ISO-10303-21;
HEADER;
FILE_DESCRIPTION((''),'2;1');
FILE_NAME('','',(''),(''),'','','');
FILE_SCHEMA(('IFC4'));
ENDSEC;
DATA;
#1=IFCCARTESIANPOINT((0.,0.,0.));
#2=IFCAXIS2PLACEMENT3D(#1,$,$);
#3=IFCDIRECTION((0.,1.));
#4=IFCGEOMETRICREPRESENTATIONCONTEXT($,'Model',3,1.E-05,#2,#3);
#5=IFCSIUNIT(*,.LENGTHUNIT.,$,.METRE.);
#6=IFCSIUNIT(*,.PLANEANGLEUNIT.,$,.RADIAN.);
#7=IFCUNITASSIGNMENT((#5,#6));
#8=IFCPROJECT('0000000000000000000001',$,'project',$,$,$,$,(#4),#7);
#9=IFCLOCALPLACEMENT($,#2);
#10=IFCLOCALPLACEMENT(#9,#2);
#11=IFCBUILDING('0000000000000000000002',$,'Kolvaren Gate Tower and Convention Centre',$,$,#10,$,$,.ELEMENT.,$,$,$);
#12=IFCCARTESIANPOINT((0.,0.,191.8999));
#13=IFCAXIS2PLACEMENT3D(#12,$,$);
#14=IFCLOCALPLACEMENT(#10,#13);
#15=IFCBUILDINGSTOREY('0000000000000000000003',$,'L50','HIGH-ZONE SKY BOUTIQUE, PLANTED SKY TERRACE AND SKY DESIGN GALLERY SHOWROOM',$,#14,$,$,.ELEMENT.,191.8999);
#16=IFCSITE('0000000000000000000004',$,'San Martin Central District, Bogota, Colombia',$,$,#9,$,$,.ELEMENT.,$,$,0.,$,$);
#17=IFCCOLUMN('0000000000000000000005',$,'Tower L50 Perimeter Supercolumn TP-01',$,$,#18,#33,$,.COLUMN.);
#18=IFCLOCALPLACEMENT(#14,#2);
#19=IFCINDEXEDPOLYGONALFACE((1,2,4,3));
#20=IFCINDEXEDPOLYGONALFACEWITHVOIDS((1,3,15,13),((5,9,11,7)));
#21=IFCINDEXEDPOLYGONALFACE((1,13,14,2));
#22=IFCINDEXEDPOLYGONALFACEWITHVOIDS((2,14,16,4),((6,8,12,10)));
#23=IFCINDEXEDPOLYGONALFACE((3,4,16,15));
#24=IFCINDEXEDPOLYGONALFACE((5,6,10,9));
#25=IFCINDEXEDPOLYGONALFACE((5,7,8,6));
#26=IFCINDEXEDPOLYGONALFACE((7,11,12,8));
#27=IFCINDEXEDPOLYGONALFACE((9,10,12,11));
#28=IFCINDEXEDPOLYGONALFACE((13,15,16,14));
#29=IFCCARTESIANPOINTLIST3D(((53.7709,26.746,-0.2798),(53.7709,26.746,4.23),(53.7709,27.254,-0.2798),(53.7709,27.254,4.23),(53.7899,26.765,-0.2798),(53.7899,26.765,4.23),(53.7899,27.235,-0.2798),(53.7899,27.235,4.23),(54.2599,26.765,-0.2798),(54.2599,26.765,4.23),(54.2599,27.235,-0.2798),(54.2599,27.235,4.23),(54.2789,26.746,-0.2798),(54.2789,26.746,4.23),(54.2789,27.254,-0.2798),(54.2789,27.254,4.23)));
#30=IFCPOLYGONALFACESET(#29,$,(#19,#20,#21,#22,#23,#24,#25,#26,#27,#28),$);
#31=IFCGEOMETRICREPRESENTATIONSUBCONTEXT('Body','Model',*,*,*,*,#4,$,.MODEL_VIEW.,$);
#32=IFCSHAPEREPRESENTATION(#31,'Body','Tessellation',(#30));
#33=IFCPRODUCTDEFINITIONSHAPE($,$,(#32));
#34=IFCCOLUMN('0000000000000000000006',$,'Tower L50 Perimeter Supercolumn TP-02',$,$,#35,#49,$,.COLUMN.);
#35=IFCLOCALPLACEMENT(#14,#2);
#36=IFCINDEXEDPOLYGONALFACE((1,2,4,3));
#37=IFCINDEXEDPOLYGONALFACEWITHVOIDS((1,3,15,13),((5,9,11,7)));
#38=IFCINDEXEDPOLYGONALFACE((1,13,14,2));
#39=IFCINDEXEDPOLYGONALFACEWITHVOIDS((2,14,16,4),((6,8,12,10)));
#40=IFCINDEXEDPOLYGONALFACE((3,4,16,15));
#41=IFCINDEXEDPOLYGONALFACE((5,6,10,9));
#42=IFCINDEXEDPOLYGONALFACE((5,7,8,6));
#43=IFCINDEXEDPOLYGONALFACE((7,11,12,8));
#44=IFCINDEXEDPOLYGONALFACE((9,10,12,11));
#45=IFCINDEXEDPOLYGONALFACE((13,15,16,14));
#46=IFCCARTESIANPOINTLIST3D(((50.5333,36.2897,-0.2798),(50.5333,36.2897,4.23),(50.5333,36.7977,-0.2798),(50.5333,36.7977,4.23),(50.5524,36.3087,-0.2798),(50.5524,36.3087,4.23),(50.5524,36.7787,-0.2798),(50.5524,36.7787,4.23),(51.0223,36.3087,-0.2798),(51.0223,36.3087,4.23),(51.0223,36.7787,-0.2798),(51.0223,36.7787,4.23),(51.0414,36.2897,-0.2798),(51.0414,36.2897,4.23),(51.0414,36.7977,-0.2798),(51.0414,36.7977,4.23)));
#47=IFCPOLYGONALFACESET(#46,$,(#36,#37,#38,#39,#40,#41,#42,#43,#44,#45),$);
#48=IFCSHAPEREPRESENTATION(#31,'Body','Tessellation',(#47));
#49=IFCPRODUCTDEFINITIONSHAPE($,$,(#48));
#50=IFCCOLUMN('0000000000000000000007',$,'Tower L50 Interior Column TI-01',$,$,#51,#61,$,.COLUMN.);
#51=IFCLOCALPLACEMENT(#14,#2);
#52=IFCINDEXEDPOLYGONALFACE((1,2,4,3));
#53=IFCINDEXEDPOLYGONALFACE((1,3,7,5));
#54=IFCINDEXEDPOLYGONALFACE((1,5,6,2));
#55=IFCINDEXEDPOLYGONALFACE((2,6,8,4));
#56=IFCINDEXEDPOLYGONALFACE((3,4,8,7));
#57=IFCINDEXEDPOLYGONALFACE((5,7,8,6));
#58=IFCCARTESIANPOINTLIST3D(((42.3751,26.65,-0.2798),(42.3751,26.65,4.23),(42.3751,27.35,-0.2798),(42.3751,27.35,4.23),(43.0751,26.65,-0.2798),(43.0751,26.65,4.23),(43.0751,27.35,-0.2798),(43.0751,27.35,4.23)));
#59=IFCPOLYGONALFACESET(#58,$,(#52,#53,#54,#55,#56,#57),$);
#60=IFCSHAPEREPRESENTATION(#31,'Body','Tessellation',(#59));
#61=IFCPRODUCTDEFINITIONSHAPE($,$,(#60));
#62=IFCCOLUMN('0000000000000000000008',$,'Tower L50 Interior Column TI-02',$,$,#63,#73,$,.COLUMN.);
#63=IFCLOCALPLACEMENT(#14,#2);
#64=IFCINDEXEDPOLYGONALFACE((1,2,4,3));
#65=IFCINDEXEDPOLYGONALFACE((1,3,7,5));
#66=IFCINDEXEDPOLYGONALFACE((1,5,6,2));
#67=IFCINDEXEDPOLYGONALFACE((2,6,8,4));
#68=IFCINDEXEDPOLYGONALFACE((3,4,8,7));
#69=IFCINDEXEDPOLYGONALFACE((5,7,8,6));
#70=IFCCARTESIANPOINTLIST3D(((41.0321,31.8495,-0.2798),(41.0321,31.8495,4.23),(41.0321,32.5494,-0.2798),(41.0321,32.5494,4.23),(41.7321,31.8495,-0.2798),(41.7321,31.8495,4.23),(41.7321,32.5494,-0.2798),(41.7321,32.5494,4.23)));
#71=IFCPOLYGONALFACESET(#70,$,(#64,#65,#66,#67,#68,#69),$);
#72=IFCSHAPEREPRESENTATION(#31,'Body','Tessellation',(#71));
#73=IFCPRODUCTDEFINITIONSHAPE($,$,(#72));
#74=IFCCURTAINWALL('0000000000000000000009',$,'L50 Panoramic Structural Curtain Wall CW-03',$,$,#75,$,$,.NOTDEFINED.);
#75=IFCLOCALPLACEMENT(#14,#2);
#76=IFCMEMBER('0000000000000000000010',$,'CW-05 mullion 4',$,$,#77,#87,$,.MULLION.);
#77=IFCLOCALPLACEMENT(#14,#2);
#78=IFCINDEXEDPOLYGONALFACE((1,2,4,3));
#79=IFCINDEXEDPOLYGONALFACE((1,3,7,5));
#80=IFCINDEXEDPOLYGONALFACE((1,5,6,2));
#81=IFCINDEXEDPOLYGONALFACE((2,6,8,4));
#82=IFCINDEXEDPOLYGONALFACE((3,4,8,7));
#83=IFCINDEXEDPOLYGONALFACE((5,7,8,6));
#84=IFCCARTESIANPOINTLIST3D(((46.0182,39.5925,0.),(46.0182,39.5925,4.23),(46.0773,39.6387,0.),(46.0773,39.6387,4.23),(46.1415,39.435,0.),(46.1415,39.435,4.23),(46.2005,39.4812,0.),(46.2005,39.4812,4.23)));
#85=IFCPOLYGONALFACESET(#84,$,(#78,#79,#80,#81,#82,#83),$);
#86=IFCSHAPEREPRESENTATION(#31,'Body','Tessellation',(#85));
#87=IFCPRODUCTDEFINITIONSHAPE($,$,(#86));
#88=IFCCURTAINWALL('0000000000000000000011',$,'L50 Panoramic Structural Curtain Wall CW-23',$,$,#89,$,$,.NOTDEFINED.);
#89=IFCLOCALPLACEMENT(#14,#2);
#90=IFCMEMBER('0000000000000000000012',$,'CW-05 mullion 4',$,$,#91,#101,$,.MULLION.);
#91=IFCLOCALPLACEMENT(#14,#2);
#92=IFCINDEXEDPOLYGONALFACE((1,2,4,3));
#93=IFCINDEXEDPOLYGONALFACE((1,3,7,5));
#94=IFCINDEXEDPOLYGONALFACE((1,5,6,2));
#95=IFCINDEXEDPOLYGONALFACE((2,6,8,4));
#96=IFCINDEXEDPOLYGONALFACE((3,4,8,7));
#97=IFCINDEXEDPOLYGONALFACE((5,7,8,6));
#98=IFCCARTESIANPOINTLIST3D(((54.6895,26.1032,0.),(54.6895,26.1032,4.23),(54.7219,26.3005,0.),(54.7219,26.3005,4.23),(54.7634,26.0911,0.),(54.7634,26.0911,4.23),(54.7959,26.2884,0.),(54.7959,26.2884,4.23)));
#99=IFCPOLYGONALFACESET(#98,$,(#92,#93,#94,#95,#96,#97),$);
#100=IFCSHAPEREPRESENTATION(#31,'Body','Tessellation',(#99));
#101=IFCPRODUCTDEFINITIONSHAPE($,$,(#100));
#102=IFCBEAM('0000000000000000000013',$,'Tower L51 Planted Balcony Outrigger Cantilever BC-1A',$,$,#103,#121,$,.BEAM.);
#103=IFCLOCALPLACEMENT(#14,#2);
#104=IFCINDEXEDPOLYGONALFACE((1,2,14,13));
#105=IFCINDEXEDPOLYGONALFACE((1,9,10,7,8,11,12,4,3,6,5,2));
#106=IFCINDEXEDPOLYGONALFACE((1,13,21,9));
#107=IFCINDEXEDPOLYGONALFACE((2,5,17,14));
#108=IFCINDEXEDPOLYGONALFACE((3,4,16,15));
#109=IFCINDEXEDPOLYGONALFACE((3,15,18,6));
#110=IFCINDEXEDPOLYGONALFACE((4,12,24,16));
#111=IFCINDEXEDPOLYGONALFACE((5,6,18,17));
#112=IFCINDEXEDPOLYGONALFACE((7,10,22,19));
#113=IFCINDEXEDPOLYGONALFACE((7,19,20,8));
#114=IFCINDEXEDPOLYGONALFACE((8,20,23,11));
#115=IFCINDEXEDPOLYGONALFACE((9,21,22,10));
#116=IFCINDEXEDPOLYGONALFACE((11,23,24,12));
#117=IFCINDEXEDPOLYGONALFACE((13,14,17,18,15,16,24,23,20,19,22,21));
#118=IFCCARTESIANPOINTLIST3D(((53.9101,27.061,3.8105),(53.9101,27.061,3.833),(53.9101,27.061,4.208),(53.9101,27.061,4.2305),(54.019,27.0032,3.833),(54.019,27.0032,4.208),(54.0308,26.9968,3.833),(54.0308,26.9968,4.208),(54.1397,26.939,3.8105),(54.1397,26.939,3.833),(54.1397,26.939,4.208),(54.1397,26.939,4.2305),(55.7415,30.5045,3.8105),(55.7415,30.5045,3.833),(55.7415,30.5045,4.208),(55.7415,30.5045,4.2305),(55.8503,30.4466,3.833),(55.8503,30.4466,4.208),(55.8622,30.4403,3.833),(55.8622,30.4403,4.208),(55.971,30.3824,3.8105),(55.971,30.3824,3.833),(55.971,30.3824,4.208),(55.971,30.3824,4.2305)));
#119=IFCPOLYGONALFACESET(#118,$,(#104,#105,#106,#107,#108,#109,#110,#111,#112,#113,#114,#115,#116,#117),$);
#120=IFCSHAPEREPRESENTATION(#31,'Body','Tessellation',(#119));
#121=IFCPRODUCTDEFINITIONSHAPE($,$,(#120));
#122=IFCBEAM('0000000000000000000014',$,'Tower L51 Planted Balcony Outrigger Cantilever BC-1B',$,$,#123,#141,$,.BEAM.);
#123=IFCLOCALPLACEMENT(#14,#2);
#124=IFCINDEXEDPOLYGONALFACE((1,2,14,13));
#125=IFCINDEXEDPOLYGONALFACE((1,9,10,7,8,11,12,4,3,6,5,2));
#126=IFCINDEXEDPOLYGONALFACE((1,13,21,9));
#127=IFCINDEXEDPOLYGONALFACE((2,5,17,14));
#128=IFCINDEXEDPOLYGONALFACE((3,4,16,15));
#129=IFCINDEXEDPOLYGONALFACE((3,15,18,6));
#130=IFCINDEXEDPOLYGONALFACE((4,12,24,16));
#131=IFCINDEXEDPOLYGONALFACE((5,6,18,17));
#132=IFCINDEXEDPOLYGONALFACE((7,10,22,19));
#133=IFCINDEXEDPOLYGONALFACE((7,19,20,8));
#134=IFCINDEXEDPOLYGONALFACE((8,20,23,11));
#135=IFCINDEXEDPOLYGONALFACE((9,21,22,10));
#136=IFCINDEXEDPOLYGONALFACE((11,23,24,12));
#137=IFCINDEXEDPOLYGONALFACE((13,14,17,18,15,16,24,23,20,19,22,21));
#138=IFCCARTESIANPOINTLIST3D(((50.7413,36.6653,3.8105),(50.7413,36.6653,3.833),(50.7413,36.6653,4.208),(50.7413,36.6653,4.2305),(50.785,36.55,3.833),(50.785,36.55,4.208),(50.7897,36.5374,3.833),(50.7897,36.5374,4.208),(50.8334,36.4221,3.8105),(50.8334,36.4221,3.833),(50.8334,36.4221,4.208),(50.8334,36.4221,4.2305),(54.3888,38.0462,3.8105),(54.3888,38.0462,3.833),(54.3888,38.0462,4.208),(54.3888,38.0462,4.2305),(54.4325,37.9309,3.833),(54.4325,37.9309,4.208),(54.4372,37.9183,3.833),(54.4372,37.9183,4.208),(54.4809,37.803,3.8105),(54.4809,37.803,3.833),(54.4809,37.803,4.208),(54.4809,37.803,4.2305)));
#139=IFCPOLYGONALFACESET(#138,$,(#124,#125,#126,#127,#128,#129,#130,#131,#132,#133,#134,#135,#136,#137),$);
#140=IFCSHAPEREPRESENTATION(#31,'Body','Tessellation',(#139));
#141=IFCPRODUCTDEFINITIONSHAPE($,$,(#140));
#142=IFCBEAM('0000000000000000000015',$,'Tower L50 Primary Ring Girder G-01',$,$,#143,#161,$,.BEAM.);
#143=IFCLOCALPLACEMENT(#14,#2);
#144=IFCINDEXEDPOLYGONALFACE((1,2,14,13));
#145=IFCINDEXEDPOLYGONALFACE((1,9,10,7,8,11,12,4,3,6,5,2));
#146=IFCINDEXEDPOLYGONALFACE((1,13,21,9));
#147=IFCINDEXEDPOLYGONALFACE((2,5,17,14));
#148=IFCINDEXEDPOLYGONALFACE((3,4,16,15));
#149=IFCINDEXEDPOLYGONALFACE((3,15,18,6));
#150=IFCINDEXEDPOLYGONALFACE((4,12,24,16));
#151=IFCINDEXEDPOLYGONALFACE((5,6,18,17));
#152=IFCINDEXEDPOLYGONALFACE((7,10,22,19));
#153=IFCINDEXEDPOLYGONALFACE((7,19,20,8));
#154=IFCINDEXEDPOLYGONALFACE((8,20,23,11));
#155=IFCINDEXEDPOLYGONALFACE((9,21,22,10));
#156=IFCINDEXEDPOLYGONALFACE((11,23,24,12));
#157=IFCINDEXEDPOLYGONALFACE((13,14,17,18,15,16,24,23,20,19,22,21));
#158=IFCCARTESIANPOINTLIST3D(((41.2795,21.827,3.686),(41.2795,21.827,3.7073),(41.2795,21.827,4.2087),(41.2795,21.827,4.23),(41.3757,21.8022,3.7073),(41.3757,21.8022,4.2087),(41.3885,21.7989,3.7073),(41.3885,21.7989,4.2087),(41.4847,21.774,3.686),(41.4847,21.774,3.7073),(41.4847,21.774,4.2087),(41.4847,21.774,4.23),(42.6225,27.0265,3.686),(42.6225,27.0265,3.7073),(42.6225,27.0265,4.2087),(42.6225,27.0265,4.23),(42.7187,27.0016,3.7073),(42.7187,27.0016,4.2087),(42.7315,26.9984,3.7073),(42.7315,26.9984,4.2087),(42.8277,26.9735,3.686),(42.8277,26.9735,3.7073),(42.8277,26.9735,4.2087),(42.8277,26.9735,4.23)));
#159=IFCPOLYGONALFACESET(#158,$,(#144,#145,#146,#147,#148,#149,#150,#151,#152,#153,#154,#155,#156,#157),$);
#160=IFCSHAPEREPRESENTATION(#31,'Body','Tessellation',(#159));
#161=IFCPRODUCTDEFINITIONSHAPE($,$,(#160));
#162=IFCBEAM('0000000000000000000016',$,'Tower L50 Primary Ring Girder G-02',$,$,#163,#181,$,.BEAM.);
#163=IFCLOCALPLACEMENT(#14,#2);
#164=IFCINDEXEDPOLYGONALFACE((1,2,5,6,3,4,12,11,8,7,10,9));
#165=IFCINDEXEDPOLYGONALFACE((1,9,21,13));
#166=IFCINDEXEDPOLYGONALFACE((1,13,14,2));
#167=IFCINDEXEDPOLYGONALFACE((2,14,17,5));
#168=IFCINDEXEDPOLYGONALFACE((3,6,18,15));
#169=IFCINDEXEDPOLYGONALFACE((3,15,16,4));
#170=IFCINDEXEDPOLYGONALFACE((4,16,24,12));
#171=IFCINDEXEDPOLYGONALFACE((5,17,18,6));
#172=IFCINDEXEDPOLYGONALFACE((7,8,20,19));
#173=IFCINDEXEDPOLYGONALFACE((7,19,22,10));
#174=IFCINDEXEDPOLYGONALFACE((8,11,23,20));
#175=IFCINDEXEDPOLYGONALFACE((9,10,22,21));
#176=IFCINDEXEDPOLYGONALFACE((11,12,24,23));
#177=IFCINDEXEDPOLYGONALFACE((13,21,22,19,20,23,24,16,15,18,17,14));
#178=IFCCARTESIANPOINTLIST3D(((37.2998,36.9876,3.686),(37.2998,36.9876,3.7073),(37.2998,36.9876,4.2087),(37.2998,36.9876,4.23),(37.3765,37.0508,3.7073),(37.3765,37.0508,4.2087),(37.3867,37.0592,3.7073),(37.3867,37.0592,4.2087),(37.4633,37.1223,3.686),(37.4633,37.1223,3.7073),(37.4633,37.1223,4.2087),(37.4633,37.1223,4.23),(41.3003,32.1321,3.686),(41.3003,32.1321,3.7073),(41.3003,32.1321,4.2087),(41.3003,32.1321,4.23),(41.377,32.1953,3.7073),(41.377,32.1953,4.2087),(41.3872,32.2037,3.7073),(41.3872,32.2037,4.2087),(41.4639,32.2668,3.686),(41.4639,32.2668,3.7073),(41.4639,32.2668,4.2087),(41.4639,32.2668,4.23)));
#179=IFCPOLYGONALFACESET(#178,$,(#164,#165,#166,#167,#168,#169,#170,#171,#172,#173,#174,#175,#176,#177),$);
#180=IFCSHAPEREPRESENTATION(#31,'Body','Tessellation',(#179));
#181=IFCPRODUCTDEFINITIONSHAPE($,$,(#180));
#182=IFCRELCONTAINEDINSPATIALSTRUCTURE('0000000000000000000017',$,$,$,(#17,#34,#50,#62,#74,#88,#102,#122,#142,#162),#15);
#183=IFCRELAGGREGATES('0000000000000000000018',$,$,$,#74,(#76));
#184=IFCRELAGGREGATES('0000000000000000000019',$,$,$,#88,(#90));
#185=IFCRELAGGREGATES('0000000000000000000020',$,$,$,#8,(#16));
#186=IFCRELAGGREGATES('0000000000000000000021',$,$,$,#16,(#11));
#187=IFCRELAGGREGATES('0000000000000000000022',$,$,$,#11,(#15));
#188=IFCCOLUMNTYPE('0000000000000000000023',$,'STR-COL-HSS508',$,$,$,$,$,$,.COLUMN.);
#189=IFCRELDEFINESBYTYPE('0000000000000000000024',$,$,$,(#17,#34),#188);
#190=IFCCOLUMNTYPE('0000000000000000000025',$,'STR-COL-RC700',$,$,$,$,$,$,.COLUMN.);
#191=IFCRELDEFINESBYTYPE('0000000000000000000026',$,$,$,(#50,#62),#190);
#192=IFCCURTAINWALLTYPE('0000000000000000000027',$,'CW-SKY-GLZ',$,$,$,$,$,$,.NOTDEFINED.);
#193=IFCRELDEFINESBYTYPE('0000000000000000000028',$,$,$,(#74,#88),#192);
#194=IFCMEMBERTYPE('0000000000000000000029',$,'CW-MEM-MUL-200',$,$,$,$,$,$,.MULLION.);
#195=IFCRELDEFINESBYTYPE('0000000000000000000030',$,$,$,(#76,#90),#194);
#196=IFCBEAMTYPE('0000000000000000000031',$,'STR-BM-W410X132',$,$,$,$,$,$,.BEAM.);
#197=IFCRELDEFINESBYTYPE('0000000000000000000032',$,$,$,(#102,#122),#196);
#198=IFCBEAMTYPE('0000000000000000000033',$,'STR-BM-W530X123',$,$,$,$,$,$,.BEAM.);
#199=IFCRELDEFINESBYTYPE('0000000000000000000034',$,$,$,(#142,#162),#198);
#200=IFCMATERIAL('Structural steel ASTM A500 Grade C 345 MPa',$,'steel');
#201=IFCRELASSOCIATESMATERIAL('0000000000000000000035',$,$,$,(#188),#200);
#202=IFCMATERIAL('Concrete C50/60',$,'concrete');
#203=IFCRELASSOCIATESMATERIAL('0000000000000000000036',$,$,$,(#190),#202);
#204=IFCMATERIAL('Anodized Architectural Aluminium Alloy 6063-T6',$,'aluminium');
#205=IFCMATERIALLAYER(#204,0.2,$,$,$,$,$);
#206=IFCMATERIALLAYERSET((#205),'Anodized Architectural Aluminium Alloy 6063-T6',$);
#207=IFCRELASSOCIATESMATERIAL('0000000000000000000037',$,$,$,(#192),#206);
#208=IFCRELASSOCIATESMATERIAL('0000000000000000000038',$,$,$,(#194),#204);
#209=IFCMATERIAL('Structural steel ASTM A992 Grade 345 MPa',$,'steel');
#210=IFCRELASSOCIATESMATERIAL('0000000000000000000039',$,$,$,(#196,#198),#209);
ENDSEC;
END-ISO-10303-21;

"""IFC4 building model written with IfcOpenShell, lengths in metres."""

from ifc_helpers import new_model, si_unit, direction, frame, origin, origin_2d, place, context, subcontext, project, spatial, rectangle, hollow_rectangle, i_section, extrude, material, layer, layer_set, material_profile, profile_set, type_object, element, aggregate, save


model = new_model("IFC4")

# Units and contexts
model_context = context("Model", 3, precision=1e-05, world=origin(), true_north=direction((0.0, 1.0)))
body_context = subcontext(model_context, "Body", "Model", "MODEL_VIEW")
ifc_project = project(units=[si_unit("LENGTHUNIT", "METRE"), si_unit("PLANEANGLEUNIT", "RADIAN")], contexts=[model_context])

# Site, building, storey
site_placement = place(None, origin())
site = spatial("IfcSite", under=ifc_project, at=site_placement, Name="San Martin Central District, Bogota, Colombia", CompositionType="ELEMENT", RefElevation=0.0)
building_placement = place(site_placement, origin())
building = spatial("IfcBuilding", under=site, at=building_placement, Name="Kolvaren Gate Tower and Convention Centre", CompositionType="ELEMENT")
storey_placement = place(building_placement, frame((0.0, 0.0, 191.8999)))
storey = spatial("IfcBuildingStorey", under=building, at=storey_placement, Name="L50", Description="HIGH-ZONE SKY BOUTIQUE, PLANTED SKY TERRACE AND SKY DESIGN GALLERY SHOWROOM", CompositionType="ELEMENT", Elevation=191.8999)

# Columns
ifc_material_1 = material(Name="Structural steel ASTM A500 Grade C 345 MPa", Category="steel")
ifc_material_profile_1 = material_profile(ifc_material_1, hollow_rectangle(XDim=0.5081, YDim=0.5081, WallThickness=0.019, at=origin_2d()), Name="HSS508X508X19.1")
ifc_profile_set_1 = profile_set([ifc_material_profile_1], Name="Structural steel ASTM A500 Grade C 345 MPa")
column_type_1 = type_object("IfcColumnType", Name="STR-COL-HSS508", PredefinedType="COLUMN", material=ifc_profile_set_1)
for number, where, z_axis, x_axis, name in (
    (1, (54.0249, 27.0, -0.2798), (0.0, 0.0, 1.0), (1.0, 0.0, 0.0), "Tower L50 Perimeter Supercolumn TP-01"),
    (2, (50.7874, 36.5437, -0.2798), (0.0, 0.0, 1.0), (1.0, 0.0, 0.0), "Tower L50 Perimeter Supercolumn TP-02"),
):
    element("IfcColumn", number, at=place(storey_placement, frame(where, z_axis=z_axis, x_axis=x_axis)), inside=storey, type_object=column_type_1, Name=name, PredefinedType="COLUMN", context=body_context, shape_type="SweptSolid", body=[
        extrude(hollow_rectangle(XDim=0.5081, YDim=0.5081, WallThickness=0.019, at=origin_2d()), origin(), (0.0, 0.0, 1.0), 4.5098),
    ])
ifc_material_2 = material(Name="Concrete C50/60", Category="concrete")
ifc_material_profile_2 = material_profile(ifc_material_2, rectangle(XDim=0.7, YDim=0.7, at=origin_2d()), Name="RC-COL-700X700")
ifc_profile_set_2 = profile_set([ifc_material_profile_2], Name="Concrete C50/60")
column_type_2 = type_object("IfcColumnType", Name="STR-COL-RC700", PredefinedType="COLUMN", material=ifc_profile_set_2)
for number, where, z_axis, x_axis, name in (
    (3, (42.7251, 27.0, -0.2798), (0.0, 0.0, 1.0), (1.0, 0.0, 0.0), "Tower L50 Interior Column TI-01"),
    (4, (41.3821, 32.1995, -0.2798), (0.0, 0.0, 1.0), (1.0, 0.0, 0.0), "Tower L50 Interior Column TI-02"),
):
    element("IfcColumn", number, at=place(storey_placement, frame(where, z_axis=z_axis, x_axis=x_axis)), inside=storey, type_object=column_type_2, Name=name, PredefinedType="COLUMN", context=body_context, shape_type="SweptSolid", body=[
        extrude(rectangle(XDim=0.7, YDim=0.7, at=origin_2d()), origin(), (0.0, 0.0, 1.0), 4.5098),
    ])

# Curtain walls, members
ifc_material_3 = material(Name="Anodized Architectural Aluminium Alloy 6063-T6", Category="aluminium")
ifc_layer_1 = layer(ifc_material_3, 0.2)
ifc_layer_set_1 = layer_set([ifc_layer_1], Name="Anodized Architectural Aluminium Alloy 6063-T6")
curtain_wall_type = type_object("IfcCurtainWallType", Name="CW-SKY-GLZ", PredefinedType="NOTDEFINED", material=ifc_layer_set_1)
curtain_wall_1_placement = place(storey_placement, origin())
curtain_wall_1 = element("IfcCurtainWall", 5, at=curtain_wall_1_placement, inside=storey, type_object=curtain_wall_type, Name="L50 Panoramic Structural Curtain Wall CW-03", PredefinedType="NOTDEFINED")
ifc_material_profile_3 = material_profile(ifc_material_3, rectangle(XDim=0.075, YDim=0.2, at=origin_2d()), Name="CW-MEM-MUL-200")
ifc_profile_set_3 = profile_set([ifc_material_profile_3], Name="Anodized Architectural Aluminium Alloy 6063-T6")
member_type = type_object("IfcMemberType", Name="CW-MEM-MUL-200", PredefinedType="MULLION", material=ifc_profile_set_3)
member_1_placement = place(storey_placement, frame((46.1094, 39.5369, 0.0), z_axis=(0.0, 0.0, 1.0), x_axis=(0.787404, 0.616437, 0.0)))
member_1 = element("IfcMember", 6, at=member_1_placement, type_object=member_type, Name="CW-05 mullion 4", PredefinedType="MULLION", context=body_context, shape_type="SweptSolid", body=[
    extrude(rectangle(XDim=0.075, YDim=0.2, at=origin_2d()), origin(), (0.0, 0.0, 1.0), 4.23),
])
aggregate(curtain_wall_1, [member_1])
curtain_wall_2_placement = place(storey_placement, origin())
curtain_wall_2 = element("IfcCurtainWall", 7, at=curtain_wall_2_placement, inside=storey, type_object=curtain_wall_type, Name="L50 Panoramic Structural Curtain Wall CW-23", PredefinedType="NOTDEFINED")
member_2_placement = place(storey_placement, frame((54.7427, 26.1958, 0.0), z_axis=(0.0, 0.0, 1.0), x_axis=(-0.986731, 0.162364, 0.0)))
member_2 = element("IfcMember", 8, at=member_2_placement, type_object=member_type, Name="CW-05 mullion 4", PredefinedType="MULLION", context=body_context, shape_type="SweptSolid", body=[
    extrude(rectangle(XDim=0.075, YDim=0.2, at=origin_2d()), origin(), (0.0, 0.0, 1.0), 4.23),
])

# Beams
ifc_material_4 = material(Name="Structural steel ASTM A992 Grade 345 MPa", Category="steel")
ifc_material_profile_4 = material_profile(ifc_material_4, i_section(OverallWidth=0.26, OverallDepth=0.4199, WebThickness=0.0134, FlangeThickness=0.0225, at=origin_2d()), Name="W410X132")
ifc_profile_set_4 = profile_set([ifc_material_profile_4], Name="Structural steel ASTM A992 Grade 345 MPa")
beam_type_1 = type_object("IfcBeamType", Name="STR-BM-W410X132", PredefinedType="BEAM", material=ifc_profile_set_4)
for number, where, z_axis, x_axis, name in (
    (9, (54.0249, 27.0, 4.0205), (0.469558, 0.882902, 0.0), (-0.882902, 0.469558, 0.0), "Tower L51 Planted Balcony Outrigger Cantilever BC-1A"),
    (10, (50.7874, 36.5437, 4.0205), (0.935224, 0.354058, 0.0), (-0.354058, 0.935224, 0.0), "Tower L51 Planted Balcony Outrigger Cantilever BC-1B"),
):
    element("IfcBeam", number, at=place(storey_placement, frame(where, z_axis=z_axis, x_axis=x_axis)), inside=storey, type_object=beam_type_1, Name=name, PredefinedType="BEAM", context=body_context, shape_type="SweptSolid", body=[
        extrude(i_section(OverallWidth=0.26, OverallDepth=0.4199, WebThickness=0.0134, FlangeThickness=0.0225, at=origin_2d()), origin(), (0.0, 0.0, 1.0), 3.9001),
    ])
ifc_material_profile_5 = material_profile(ifc_material_4, i_section(OverallWidth=0.2119, OverallDepth=0.5439, WebThickness=0.0132, FlangeThickness=0.0212, at=origin_2d()), Name="W530X123")
ifc_profile_set_5 = profile_set([ifc_material_profile_5], Name="Structural steel ASTM A992 Grade 345 MPa")
beam_type_2 = type_object("IfcBeamType", Name="STR-BM-W530X123", PredefinedType="BEAM", material=ifc_profile_set_5)
beam_1_placement = place(storey_placement, frame((42.7251, 27.0, 3.958), z_axis=(-0.250091, -0.968222, 0.0), x_axis=(0.968222, -0.250091, 0.0)))
element("IfcBeam", 11, at=beam_1_placement, inside=storey, type_object=beam_type_2, Name="Tower L50 Primary Ring Girder G-01", PredefinedType="BEAM", context=body_context, shape_type="SweptSolid", body=[
    extrude(i_section(OverallWidth=0.2119, OverallDepth=0.5439, WebThickness=0.0132, FlangeThickness=0.0212, at=origin_2d()), origin(), (0.0, 0.0, 1.0), 5.3701),
])
beam_2_placement = place(storey_placement, frame((41.3821, 32.1995, 3.958), z_axis=(-0.635884, 0.771785, 0.0), x_axis=(-0.771785, -0.635884, 0.0)))
element("IfcBeam", 12, at=beam_2_placement, inside=storey, type_object=beam_type_2, Name="Tower L50 Primary Ring Girder G-02", PredefinedType="BEAM", context=body_context, shape_type="SweptSolid", body=[
    extrude(i_section(OverallWidth=0.2119, OverallDepth=0.5439, WebThickness=0.0132, FlangeThickness=0.0212, at=origin_2d()), origin(), (0.0, 0.0, 1.0), 6.2913),
])

aggregate(curtain_wall_2, [member_2])

save(model, "model.ifc")
